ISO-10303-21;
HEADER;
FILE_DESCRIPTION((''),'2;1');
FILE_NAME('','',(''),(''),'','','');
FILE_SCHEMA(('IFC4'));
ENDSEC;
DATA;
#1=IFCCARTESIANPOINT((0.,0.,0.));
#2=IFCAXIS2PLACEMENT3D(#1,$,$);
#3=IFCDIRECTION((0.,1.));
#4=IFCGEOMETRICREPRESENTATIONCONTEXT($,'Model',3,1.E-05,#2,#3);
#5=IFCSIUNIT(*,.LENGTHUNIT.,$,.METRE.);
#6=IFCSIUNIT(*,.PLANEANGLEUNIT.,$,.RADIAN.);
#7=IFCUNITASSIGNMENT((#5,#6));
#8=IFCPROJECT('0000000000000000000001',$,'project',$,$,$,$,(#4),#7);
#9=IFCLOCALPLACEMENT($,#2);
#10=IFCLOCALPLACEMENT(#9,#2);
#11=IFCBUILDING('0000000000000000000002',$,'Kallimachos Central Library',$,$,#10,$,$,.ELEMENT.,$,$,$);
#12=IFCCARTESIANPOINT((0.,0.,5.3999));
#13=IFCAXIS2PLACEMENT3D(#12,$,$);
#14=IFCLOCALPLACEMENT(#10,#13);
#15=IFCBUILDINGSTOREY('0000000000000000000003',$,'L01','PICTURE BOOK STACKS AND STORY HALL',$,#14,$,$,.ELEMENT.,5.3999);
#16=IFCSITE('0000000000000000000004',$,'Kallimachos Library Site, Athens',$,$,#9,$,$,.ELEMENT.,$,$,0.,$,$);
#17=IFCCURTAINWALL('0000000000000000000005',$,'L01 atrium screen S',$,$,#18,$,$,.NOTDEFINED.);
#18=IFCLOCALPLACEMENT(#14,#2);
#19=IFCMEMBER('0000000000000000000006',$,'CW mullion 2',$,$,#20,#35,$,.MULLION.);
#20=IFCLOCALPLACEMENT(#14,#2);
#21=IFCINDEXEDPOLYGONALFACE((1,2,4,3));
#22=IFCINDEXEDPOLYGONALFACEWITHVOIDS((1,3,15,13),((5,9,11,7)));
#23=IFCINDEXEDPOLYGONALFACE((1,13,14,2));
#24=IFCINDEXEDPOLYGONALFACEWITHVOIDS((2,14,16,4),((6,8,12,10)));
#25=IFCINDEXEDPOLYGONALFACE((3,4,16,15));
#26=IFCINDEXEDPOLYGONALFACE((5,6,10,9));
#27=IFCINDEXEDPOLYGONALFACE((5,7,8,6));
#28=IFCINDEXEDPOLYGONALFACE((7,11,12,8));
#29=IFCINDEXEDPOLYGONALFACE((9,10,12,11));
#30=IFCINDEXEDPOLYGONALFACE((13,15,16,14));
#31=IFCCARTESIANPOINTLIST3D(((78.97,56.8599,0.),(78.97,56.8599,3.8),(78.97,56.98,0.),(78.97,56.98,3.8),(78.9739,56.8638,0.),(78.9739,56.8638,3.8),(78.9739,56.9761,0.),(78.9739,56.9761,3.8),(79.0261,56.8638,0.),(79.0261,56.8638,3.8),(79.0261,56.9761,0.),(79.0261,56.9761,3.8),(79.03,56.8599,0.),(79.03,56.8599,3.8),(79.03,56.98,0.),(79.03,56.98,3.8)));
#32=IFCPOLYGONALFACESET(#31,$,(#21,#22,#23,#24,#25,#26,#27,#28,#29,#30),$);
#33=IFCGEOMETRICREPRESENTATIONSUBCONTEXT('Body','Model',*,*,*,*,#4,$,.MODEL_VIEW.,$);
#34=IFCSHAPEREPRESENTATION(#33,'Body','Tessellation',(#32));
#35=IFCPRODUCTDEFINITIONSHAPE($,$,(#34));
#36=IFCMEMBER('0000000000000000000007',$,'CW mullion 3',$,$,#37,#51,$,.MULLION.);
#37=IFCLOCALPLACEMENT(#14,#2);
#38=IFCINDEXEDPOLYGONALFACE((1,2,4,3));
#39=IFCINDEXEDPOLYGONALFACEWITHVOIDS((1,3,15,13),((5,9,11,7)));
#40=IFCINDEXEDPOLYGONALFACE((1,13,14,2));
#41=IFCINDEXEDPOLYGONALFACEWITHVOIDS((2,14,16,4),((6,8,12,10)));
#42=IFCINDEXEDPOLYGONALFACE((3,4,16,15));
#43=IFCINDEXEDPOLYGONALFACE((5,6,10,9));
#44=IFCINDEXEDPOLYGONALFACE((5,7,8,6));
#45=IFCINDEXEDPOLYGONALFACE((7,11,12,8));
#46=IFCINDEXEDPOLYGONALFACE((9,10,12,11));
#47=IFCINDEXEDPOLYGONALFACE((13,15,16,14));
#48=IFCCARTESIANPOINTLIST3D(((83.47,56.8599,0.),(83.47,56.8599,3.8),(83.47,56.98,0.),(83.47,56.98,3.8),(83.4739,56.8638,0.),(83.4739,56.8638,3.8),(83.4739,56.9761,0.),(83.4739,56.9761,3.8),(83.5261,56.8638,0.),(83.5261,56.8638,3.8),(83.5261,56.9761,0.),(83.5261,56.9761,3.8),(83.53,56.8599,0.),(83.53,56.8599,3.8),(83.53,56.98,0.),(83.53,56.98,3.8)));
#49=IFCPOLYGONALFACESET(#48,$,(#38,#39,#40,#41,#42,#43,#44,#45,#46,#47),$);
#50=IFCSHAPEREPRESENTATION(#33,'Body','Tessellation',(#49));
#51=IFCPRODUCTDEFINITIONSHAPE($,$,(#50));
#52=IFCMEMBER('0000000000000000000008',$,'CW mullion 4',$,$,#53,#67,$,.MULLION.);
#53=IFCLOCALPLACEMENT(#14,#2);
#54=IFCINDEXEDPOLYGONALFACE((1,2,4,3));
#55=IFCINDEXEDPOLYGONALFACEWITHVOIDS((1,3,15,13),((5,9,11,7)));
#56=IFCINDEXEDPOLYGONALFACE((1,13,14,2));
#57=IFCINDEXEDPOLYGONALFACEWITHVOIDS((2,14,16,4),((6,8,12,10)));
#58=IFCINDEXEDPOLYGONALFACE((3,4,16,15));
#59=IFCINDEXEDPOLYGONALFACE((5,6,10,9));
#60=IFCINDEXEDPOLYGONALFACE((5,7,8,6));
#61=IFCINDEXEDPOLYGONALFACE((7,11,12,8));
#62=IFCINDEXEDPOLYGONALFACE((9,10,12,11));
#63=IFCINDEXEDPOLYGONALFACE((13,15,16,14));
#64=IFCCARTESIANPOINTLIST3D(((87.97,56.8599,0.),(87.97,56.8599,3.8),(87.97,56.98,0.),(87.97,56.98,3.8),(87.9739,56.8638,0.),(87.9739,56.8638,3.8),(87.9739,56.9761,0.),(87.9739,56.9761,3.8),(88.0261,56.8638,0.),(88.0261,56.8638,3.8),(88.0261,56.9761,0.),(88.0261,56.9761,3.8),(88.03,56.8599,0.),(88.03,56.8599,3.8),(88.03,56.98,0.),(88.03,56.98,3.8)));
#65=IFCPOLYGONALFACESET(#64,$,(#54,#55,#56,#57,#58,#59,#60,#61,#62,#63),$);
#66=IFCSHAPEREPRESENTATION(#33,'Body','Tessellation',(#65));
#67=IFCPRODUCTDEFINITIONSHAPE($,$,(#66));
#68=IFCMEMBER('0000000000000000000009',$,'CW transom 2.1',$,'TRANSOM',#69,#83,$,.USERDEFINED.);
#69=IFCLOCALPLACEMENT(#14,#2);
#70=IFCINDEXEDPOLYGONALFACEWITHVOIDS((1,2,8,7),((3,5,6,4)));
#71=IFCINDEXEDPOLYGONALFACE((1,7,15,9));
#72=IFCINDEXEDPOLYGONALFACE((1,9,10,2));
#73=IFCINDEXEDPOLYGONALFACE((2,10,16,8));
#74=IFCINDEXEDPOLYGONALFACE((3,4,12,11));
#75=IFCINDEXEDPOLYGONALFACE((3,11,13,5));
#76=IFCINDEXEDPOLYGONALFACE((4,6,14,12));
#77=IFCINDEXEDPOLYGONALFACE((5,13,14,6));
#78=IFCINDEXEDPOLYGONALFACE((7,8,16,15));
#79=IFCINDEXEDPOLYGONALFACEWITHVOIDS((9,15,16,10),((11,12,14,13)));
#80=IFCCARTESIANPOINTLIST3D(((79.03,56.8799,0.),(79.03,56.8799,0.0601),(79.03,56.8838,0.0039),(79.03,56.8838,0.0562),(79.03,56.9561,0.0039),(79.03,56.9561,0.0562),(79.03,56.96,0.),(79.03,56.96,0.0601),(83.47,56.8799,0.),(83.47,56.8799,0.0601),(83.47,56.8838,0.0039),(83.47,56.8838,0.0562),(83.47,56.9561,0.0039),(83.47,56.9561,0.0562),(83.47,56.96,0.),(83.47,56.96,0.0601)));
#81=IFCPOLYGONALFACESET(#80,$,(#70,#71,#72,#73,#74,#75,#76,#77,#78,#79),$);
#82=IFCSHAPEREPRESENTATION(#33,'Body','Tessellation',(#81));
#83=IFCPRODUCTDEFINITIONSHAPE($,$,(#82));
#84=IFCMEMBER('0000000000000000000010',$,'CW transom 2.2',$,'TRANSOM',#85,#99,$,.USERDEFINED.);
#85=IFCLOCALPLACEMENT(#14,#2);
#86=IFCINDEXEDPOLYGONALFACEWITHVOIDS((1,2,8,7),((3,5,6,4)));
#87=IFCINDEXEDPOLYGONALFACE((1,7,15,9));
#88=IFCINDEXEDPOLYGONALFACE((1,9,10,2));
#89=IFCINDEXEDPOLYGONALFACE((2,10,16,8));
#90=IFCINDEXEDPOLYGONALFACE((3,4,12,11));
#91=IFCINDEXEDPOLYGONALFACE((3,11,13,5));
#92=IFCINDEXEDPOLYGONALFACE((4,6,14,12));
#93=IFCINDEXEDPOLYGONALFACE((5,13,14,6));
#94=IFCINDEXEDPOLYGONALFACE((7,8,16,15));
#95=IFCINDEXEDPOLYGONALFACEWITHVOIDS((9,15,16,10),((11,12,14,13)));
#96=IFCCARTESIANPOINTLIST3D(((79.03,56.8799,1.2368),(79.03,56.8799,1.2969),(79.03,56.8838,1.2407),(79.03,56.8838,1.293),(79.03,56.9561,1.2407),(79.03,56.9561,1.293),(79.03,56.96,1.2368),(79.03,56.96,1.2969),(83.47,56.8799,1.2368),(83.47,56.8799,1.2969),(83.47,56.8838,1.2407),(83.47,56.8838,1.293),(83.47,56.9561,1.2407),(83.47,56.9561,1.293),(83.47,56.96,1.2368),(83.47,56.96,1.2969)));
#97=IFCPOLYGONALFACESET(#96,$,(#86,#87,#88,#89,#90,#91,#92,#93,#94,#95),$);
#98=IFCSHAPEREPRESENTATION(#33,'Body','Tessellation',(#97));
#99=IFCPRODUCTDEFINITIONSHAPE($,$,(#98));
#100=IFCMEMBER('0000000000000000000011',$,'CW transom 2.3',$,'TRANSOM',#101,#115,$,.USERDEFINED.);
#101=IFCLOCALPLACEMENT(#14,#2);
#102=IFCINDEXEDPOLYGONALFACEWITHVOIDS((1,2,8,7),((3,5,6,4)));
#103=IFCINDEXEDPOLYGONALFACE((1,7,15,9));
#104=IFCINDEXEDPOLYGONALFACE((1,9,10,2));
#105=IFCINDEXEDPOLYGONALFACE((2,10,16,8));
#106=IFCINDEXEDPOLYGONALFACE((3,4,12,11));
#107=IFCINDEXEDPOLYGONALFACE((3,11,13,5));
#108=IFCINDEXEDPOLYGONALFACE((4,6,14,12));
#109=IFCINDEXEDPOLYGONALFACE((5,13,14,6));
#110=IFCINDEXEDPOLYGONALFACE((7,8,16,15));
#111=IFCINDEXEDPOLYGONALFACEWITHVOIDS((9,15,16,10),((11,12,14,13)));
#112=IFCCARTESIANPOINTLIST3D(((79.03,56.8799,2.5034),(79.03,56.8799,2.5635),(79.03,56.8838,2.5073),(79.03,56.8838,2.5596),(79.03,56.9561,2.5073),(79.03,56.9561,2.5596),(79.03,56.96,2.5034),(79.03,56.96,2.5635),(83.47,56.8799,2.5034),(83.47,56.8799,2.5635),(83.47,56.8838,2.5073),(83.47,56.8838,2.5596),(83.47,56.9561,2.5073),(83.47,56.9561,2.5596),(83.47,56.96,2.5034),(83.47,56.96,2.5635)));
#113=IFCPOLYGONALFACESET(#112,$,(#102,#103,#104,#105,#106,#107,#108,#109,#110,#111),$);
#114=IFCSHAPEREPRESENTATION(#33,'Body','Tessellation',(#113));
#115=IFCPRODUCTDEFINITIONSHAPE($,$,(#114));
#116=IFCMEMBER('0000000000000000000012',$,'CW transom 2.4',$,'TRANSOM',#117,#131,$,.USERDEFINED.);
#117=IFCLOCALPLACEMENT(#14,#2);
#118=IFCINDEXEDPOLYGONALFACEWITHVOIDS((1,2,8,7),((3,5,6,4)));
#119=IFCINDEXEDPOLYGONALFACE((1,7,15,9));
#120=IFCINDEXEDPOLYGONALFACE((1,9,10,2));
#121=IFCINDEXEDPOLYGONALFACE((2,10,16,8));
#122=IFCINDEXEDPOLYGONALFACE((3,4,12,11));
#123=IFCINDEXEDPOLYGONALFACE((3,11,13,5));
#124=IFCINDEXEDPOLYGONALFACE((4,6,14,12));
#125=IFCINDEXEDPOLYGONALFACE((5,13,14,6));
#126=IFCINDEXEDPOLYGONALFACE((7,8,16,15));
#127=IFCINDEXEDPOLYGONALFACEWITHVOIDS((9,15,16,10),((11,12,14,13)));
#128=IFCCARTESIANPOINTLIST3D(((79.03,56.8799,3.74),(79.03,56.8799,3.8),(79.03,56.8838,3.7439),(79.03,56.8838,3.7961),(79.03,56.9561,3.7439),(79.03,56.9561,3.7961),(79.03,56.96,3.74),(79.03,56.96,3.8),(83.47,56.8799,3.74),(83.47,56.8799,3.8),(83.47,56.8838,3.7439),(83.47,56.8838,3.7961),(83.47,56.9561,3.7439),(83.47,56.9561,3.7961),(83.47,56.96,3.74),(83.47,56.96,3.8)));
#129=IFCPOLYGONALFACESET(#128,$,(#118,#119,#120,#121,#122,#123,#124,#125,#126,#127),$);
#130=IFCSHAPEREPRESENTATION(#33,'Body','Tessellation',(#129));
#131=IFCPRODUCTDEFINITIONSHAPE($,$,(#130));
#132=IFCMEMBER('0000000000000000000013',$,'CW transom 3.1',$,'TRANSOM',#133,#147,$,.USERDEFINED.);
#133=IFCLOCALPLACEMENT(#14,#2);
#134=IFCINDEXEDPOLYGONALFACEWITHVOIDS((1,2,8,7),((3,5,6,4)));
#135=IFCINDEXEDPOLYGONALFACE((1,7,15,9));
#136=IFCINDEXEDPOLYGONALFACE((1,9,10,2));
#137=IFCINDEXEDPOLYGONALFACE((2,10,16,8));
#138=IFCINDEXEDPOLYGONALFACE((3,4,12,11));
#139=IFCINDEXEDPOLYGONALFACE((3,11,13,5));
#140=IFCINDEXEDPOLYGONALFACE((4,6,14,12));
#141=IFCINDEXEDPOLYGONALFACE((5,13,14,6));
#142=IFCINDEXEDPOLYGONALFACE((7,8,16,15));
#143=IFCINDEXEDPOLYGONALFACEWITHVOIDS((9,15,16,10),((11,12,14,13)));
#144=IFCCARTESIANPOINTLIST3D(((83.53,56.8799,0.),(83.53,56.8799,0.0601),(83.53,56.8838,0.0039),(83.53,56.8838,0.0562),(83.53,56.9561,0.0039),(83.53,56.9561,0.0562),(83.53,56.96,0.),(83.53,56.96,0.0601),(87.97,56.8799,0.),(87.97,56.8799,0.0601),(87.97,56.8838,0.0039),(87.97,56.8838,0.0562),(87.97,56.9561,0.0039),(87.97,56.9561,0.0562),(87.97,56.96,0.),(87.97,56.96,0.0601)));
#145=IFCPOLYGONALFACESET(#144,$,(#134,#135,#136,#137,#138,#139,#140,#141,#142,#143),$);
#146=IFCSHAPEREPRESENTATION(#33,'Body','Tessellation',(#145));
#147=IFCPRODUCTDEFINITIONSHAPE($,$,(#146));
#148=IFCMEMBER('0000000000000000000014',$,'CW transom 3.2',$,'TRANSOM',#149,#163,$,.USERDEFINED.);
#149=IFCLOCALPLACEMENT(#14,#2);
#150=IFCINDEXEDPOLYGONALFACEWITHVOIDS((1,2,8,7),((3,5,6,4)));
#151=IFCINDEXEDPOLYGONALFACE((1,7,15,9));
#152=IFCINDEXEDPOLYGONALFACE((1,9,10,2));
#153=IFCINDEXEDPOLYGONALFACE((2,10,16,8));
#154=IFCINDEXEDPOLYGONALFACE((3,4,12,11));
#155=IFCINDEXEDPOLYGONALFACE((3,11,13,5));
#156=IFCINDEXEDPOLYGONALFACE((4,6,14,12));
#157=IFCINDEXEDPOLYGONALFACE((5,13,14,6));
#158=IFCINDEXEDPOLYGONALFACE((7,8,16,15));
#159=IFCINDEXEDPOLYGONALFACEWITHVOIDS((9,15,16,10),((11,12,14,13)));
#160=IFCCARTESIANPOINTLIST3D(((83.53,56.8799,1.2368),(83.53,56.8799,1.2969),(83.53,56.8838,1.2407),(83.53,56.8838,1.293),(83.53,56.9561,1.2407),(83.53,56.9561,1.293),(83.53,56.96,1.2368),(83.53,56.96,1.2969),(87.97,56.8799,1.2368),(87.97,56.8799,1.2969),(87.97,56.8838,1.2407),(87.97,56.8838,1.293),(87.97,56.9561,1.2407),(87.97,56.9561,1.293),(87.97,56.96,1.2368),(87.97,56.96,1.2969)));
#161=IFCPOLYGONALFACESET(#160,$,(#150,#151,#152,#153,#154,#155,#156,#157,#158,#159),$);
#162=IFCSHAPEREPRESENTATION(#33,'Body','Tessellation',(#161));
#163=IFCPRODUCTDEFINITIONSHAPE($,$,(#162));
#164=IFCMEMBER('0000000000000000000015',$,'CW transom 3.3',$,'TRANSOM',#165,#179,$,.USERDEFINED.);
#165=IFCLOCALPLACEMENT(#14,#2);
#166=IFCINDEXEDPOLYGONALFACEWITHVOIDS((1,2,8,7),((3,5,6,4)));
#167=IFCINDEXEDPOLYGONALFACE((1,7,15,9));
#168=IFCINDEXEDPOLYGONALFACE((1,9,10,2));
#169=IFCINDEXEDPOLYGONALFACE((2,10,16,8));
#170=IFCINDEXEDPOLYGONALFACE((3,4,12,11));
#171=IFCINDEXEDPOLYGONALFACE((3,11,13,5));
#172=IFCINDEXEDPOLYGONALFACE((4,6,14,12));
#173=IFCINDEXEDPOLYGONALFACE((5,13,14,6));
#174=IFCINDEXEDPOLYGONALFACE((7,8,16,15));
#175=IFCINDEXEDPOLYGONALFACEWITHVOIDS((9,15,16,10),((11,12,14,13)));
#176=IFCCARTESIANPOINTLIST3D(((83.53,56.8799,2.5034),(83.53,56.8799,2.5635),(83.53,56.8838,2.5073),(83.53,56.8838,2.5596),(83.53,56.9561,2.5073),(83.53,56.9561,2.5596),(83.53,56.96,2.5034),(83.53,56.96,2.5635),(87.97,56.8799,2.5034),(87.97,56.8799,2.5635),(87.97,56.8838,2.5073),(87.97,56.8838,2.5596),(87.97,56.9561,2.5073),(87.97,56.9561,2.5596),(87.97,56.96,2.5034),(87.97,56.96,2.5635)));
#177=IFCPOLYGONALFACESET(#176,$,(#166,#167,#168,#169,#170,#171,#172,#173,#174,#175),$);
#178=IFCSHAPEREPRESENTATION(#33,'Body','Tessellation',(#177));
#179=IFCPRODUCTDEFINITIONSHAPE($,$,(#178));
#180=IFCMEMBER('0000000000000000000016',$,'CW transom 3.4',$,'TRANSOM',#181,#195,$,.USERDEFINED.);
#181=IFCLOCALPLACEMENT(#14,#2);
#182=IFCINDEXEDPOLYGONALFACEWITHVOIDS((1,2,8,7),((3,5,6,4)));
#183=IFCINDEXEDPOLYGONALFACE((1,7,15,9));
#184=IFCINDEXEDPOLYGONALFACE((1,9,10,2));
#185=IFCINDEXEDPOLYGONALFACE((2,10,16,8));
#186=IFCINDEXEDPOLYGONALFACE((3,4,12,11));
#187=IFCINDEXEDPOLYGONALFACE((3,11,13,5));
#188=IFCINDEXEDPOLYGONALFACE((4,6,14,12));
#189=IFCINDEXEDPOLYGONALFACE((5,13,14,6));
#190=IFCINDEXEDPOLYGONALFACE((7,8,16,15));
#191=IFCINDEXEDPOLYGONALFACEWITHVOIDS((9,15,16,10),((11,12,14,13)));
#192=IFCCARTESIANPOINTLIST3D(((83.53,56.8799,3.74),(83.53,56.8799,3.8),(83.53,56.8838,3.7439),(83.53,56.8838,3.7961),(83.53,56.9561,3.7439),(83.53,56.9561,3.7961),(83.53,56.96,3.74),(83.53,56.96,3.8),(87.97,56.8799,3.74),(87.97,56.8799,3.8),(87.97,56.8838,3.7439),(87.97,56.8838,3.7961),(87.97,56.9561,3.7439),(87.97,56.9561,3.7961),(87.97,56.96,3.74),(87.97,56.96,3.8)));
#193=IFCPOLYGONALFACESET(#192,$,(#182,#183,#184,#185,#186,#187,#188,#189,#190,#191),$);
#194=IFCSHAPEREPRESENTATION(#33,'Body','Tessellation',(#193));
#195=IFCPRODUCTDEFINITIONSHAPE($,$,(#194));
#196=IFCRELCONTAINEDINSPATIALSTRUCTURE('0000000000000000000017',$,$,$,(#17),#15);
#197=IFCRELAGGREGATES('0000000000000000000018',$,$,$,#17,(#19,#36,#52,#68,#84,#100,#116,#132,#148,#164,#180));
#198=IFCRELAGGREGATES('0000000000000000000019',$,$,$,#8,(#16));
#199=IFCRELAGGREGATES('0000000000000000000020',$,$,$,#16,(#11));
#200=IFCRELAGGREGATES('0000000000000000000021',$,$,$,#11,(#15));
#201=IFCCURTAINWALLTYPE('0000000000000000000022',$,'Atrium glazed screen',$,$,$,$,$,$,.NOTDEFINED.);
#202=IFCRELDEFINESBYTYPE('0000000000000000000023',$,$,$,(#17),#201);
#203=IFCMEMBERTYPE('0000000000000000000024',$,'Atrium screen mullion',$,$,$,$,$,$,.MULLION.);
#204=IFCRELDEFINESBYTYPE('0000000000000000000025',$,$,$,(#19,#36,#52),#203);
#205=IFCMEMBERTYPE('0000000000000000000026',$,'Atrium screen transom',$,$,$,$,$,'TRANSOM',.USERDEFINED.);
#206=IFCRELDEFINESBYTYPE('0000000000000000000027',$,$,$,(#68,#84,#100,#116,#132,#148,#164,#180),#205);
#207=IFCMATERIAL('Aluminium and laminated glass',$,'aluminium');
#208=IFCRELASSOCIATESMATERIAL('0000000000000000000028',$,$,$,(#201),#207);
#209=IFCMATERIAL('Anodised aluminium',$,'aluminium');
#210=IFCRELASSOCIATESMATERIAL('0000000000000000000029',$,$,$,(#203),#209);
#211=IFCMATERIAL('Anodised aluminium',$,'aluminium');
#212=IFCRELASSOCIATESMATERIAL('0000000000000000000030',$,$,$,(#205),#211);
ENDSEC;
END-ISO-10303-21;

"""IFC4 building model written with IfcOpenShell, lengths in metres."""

from ifc_helpers import new_model, si_unit, direction, frame, origin, origin_2d, place, context, subcontext, project, spatial, hollow_rectangle, extrude, material, material_profile, profile_set, type_object, element, aggregate, save


model = new_model("IFC4")

# Units and contexts
model_context = context("Model", 3, precision=1e-05, world=origin(), true_north=direction((0.0, 1.0)))
body_context = subcontext(model_context, "Body", "Model", "MODEL_VIEW")
ifc_project = project(units=[si_unit("LENGTHUNIT", "METRE"), si_unit("PLANEANGLEUNIT", "RADIAN")], contexts=[model_context])

# Site, building, storey
site_placement = place(None, origin())
site = spatial("IfcSite", under=ifc_project, at=site_placement, Name="Kallimachos Library Site, Athens", CompositionType="ELEMENT", RefElevation=0.0)
building_placement = place(site_placement, origin())
building = spatial("IfcBuilding", under=site, at=building_placement, Name="Kallimachos Central Library", CompositionType="ELEMENT")
storey_placement = place(building_placement, frame((0.0, 0.0, 5.3999)))
storey = spatial("IfcBuildingStorey", under=building, at=storey_placement, Name="L01", Description="PICTURE BOOK STACKS AND STORY HALL", CompositionType="ELEMENT", Elevation=5.3999)

# Curtain wall, members
ifc_material_1 = material(Name="Aluminium and laminated glass", Category="aluminium")
curtain_wall_type = type_object("IfcCurtainWallType", Name="Atrium glazed screen", PredefinedType="NOTDEFINED", material=ifc_material_1)
curtain_wall_placement = place(storey_placement, origin())
curtain_wall = element("IfcCurtainWall", 1, at=curtain_wall_placement, inside=storey, type_object=curtain_wall_type, Name="L01 atrium screen S", PredefinedType="NOTDEFINED")
ifc_material_2 = material(Name="Anodised aluminium", Category="aluminium")
ifc_material_profile_1 = material_profile(ifc_material_2, hollow_rectangle(XDim=0.0601, YDim=0.1201, WallThickness=0.0039, at=origin_2d()), Name="ALU MULLION 60x120")
ifc_profile_set_1 = profile_set([ifc_material_profile_1], Name="Anodised aluminium")
member_type_1 = type_object("IfcMemberType", Name="Atrium screen mullion", PredefinedType="MULLION", material=ifc_profile_set_1)
member_1_placement = place(storey_placement, frame((79.0, 56.9199, 0.0), z_axis=(0.0, 0.0, 1.0), x_axis=(1.0, 0.0, 0.0)))
member_1 = element("IfcMember", 2, at=member_1_placement, type_object=member_type_1, Name="CW mullion 2", PredefinedType="MULLION", context=body_context, shape_type="SweptSolid", body=[
    extrude(hollow_rectangle(XDim=0.0601, YDim=0.1201, WallThickness=0.0039, at=origin_2d()), origin(), (0.0, 0.0, 1.0), 3.8),
])
member_2_placement = place(storey_placement, frame((83.5, 56.9199, 0.0), z_axis=(0.0, 0.0, 1.0), x_axis=(1.0, 0.0, 0.0)))
member_2 = element("IfcMember", 3, at=member_2_placement, type_object=member_type_1, Name="CW mullion 3", PredefinedType="MULLION", context=body_context, shape_type="SweptSolid", body=[
    extrude(hollow_rectangle(XDim=0.0601, YDim=0.1201, WallThickness=0.0039, at=origin_2d()), origin(), (0.0, 0.0, 1.0), 3.8),
])
member_3_placement = place(storey_placement, frame((88.0, 56.9199, 0.0), z_axis=(0.0, 0.0, 1.0), x_axis=(1.0, 0.0, 0.0)))
member_3 = element("IfcMember", 4, at=member_3_placement, type_object=member_type_1, Name="CW mullion 4", PredefinedType="MULLION", context=body_context, shape_type="SweptSolid", body=[
    extrude(hollow_rectangle(XDim=0.0601, YDim=0.1201, WallThickness=0.0039, at=origin_2d()), origin(), (0.0, 0.0, 1.0), 3.8),
])
ifc_material_3 = material(Name="Anodised aluminium", Category="aluminium")
ifc_material_profile_2 = material_profile(ifc_material_3, hollow_rectangle(XDim=0.0601, YDim=0.0801, WallThickness=0.0039, at=origin_2d()), Name="ALU TRANSOM 60x80")
ifc_profile_set_2 = profile_set([ifc_material_profile_2], Name="Anodised aluminium")
member_type_2 = type_object("IfcMemberType", Name="Atrium screen transom", ElementType="TRANSOM", PredefinedType="USERDEFINED", material=ifc_profile_set_2)
member_4_placement = place(storey_placement, frame((79.03, 56.9199, 0.03), z_axis=(1.0, 0.0, 0.0), x_axis=(0.0, 0.0, 1.0)))
member_4 = element("IfcMember", 5, at=member_4_placement, type_object=member_type_2, Name="CW transom 2.1", ObjectType="TRANSOM", PredefinedType="USERDEFINED", context=body_context, shape_type="SweptSolid", body=[
    extrude(hollow_rectangle(XDim=0.0601, YDim=0.0801, WallThickness=0.0039, at=origin_2d()), origin(), (0.0, 0.0, 1.0), 4.4399),
])
member_5_placement = place(storey_placement, frame((79.03, 56.9199, 1.2668), z_axis=(1.0, 0.0, 0.0), x_axis=(0.0, 0.0, 1.0)))
member_5 = element("IfcMember", 6, at=member_5_placement, type_object=member_type_2, Name="CW transom 2.2", ObjectType="TRANSOM", PredefinedType="USERDEFINED", context=body_context, shape_type="SweptSolid", body=[
    extrude(hollow_rectangle(XDim=0.0601, YDim=0.0801, WallThickness=0.0039, at=origin_2d()), origin(), (0.0, 0.0, 1.0), 4.4399),
])
member_6_placement = place(storey_placement, frame((79.03, 56.9199, 2.5334), z_axis=(1.0, 0.0, 0.0), x_axis=(0.0, 0.0, 1.0)))
member_6 = element("IfcMember", 7, at=member_6_placement, type_object=member_type_2, Name="CW transom 2.3", ObjectType="TRANSOM", PredefinedType="USERDEFINED", context=body_context, shape_type="SweptSolid", body=[
    extrude(hollow_rectangle(XDim=0.0601, YDim=0.0801, WallThickness=0.0039, at=origin_2d()), origin(), (0.0, 0.0, 1.0), 4.4399),
])
member_7_placement = place(storey_placement, frame((79.03, 56.9199, 3.77), z_axis=(1.0, 0.0, 0.0), x_axis=(0.0, 0.0, 1.0)))
member_7 = element("IfcMember", 8, at=member_7_placement, type_object=member_type_2, Name="CW transom 2.4", ObjectType="TRANSOM", PredefinedType="USERDEFINED", context=body_context, shape_type="SweptSolid", body=[
    extrude(hollow_rectangle(XDim=0.0601, YDim=0.0801, WallThickness=0.0039, at=origin_2d()), origin(), (0.0, 0.0, 1.0), 4.4399),
])
member_8_placement = place(storey_placement, frame((83.53, 56.9199, 0.03), z_axis=(1.0, 0.0, 0.0), x_axis=(0.0, 0.0, 1.0)))
member_8 = element("IfcMember", 9, at=member_8_placement, type_object=member_type_2, Name="CW transom 3.1", ObjectType="TRANSOM", PredefinedType="USERDEFINED", context=body_context, shape_type="SweptSolid", body=[
    extrude(hollow_rectangle(XDim=0.0601, YDim=0.0801, WallThickness=0.0039, at=origin_2d()), origin(), (0.0, 0.0, 1.0), 4.4399),
])
member_9_placement = place(storey_placement, frame((83.53, 56.9199, 1.2668), z_axis=(1.0, 0.0, 0.0), x_axis=(0.0, 0.0, 1.0)))
member_9 = element("IfcMember", 10, at=member_9_placement, type_object=member_type_2, Name="CW transom 3.2", ObjectType="TRANSOM", PredefinedType="USERDEFINED", context=body_context, shape_type="SweptSolid", body=[
    extrude(hollow_rectangle(XDim=0.0601, YDim=0.0801, WallThickness=0.0039, at=origin_2d()), origin(), (0.0, 0.0, 1.0), 4.4399),
])
member_10_placement = place(storey_placement, frame((83.53, 56.9199, 2.5334), z_axis=(1.0, 0.0, 0.0), x_axis=(0.0, 0.0, 1.0)))
member_10 = element("IfcMember", 11, at=member_10_placement, type_object=member_type_2, Name="CW transom 3.3", ObjectType="TRANSOM", PredefinedType="USERDEFINED", context=body_context, shape_type="SweptSolid", body=[
    extrude(hollow_rectangle(XDim=0.0601, YDim=0.0801, WallThickness=0.0039, at=origin_2d()), origin(), (0.0, 0.0, 1.0), 4.4399),
])
member_11_placement = place(storey_placement, frame((83.53, 56.9199, 3.77), z_axis=(1.0, 0.0, 0.0), x_axis=(0.0, 0.0, 1.0)))
member_11 = element("IfcMember", 12, at=member_11_placement, type_object=member_type_2, Name="CW transom 3.4", ObjectType="TRANSOM", PredefinedType="USERDEFINED", context=body_context, shape_type="SweptSolid", body=[
    extrude(hollow_rectangle(XDim=0.0601, YDim=0.0801, WallThickness=0.0039, at=origin_2d()), origin(), (0.0, 0.0, 1.0), 4.4399),
])
aggregate(curtain_wall, [member_1, member_2, member_3, member_4, member_5, member_6, member_7, member_8, member_9, member_10, member_11])

save(model, "model.ifc")
